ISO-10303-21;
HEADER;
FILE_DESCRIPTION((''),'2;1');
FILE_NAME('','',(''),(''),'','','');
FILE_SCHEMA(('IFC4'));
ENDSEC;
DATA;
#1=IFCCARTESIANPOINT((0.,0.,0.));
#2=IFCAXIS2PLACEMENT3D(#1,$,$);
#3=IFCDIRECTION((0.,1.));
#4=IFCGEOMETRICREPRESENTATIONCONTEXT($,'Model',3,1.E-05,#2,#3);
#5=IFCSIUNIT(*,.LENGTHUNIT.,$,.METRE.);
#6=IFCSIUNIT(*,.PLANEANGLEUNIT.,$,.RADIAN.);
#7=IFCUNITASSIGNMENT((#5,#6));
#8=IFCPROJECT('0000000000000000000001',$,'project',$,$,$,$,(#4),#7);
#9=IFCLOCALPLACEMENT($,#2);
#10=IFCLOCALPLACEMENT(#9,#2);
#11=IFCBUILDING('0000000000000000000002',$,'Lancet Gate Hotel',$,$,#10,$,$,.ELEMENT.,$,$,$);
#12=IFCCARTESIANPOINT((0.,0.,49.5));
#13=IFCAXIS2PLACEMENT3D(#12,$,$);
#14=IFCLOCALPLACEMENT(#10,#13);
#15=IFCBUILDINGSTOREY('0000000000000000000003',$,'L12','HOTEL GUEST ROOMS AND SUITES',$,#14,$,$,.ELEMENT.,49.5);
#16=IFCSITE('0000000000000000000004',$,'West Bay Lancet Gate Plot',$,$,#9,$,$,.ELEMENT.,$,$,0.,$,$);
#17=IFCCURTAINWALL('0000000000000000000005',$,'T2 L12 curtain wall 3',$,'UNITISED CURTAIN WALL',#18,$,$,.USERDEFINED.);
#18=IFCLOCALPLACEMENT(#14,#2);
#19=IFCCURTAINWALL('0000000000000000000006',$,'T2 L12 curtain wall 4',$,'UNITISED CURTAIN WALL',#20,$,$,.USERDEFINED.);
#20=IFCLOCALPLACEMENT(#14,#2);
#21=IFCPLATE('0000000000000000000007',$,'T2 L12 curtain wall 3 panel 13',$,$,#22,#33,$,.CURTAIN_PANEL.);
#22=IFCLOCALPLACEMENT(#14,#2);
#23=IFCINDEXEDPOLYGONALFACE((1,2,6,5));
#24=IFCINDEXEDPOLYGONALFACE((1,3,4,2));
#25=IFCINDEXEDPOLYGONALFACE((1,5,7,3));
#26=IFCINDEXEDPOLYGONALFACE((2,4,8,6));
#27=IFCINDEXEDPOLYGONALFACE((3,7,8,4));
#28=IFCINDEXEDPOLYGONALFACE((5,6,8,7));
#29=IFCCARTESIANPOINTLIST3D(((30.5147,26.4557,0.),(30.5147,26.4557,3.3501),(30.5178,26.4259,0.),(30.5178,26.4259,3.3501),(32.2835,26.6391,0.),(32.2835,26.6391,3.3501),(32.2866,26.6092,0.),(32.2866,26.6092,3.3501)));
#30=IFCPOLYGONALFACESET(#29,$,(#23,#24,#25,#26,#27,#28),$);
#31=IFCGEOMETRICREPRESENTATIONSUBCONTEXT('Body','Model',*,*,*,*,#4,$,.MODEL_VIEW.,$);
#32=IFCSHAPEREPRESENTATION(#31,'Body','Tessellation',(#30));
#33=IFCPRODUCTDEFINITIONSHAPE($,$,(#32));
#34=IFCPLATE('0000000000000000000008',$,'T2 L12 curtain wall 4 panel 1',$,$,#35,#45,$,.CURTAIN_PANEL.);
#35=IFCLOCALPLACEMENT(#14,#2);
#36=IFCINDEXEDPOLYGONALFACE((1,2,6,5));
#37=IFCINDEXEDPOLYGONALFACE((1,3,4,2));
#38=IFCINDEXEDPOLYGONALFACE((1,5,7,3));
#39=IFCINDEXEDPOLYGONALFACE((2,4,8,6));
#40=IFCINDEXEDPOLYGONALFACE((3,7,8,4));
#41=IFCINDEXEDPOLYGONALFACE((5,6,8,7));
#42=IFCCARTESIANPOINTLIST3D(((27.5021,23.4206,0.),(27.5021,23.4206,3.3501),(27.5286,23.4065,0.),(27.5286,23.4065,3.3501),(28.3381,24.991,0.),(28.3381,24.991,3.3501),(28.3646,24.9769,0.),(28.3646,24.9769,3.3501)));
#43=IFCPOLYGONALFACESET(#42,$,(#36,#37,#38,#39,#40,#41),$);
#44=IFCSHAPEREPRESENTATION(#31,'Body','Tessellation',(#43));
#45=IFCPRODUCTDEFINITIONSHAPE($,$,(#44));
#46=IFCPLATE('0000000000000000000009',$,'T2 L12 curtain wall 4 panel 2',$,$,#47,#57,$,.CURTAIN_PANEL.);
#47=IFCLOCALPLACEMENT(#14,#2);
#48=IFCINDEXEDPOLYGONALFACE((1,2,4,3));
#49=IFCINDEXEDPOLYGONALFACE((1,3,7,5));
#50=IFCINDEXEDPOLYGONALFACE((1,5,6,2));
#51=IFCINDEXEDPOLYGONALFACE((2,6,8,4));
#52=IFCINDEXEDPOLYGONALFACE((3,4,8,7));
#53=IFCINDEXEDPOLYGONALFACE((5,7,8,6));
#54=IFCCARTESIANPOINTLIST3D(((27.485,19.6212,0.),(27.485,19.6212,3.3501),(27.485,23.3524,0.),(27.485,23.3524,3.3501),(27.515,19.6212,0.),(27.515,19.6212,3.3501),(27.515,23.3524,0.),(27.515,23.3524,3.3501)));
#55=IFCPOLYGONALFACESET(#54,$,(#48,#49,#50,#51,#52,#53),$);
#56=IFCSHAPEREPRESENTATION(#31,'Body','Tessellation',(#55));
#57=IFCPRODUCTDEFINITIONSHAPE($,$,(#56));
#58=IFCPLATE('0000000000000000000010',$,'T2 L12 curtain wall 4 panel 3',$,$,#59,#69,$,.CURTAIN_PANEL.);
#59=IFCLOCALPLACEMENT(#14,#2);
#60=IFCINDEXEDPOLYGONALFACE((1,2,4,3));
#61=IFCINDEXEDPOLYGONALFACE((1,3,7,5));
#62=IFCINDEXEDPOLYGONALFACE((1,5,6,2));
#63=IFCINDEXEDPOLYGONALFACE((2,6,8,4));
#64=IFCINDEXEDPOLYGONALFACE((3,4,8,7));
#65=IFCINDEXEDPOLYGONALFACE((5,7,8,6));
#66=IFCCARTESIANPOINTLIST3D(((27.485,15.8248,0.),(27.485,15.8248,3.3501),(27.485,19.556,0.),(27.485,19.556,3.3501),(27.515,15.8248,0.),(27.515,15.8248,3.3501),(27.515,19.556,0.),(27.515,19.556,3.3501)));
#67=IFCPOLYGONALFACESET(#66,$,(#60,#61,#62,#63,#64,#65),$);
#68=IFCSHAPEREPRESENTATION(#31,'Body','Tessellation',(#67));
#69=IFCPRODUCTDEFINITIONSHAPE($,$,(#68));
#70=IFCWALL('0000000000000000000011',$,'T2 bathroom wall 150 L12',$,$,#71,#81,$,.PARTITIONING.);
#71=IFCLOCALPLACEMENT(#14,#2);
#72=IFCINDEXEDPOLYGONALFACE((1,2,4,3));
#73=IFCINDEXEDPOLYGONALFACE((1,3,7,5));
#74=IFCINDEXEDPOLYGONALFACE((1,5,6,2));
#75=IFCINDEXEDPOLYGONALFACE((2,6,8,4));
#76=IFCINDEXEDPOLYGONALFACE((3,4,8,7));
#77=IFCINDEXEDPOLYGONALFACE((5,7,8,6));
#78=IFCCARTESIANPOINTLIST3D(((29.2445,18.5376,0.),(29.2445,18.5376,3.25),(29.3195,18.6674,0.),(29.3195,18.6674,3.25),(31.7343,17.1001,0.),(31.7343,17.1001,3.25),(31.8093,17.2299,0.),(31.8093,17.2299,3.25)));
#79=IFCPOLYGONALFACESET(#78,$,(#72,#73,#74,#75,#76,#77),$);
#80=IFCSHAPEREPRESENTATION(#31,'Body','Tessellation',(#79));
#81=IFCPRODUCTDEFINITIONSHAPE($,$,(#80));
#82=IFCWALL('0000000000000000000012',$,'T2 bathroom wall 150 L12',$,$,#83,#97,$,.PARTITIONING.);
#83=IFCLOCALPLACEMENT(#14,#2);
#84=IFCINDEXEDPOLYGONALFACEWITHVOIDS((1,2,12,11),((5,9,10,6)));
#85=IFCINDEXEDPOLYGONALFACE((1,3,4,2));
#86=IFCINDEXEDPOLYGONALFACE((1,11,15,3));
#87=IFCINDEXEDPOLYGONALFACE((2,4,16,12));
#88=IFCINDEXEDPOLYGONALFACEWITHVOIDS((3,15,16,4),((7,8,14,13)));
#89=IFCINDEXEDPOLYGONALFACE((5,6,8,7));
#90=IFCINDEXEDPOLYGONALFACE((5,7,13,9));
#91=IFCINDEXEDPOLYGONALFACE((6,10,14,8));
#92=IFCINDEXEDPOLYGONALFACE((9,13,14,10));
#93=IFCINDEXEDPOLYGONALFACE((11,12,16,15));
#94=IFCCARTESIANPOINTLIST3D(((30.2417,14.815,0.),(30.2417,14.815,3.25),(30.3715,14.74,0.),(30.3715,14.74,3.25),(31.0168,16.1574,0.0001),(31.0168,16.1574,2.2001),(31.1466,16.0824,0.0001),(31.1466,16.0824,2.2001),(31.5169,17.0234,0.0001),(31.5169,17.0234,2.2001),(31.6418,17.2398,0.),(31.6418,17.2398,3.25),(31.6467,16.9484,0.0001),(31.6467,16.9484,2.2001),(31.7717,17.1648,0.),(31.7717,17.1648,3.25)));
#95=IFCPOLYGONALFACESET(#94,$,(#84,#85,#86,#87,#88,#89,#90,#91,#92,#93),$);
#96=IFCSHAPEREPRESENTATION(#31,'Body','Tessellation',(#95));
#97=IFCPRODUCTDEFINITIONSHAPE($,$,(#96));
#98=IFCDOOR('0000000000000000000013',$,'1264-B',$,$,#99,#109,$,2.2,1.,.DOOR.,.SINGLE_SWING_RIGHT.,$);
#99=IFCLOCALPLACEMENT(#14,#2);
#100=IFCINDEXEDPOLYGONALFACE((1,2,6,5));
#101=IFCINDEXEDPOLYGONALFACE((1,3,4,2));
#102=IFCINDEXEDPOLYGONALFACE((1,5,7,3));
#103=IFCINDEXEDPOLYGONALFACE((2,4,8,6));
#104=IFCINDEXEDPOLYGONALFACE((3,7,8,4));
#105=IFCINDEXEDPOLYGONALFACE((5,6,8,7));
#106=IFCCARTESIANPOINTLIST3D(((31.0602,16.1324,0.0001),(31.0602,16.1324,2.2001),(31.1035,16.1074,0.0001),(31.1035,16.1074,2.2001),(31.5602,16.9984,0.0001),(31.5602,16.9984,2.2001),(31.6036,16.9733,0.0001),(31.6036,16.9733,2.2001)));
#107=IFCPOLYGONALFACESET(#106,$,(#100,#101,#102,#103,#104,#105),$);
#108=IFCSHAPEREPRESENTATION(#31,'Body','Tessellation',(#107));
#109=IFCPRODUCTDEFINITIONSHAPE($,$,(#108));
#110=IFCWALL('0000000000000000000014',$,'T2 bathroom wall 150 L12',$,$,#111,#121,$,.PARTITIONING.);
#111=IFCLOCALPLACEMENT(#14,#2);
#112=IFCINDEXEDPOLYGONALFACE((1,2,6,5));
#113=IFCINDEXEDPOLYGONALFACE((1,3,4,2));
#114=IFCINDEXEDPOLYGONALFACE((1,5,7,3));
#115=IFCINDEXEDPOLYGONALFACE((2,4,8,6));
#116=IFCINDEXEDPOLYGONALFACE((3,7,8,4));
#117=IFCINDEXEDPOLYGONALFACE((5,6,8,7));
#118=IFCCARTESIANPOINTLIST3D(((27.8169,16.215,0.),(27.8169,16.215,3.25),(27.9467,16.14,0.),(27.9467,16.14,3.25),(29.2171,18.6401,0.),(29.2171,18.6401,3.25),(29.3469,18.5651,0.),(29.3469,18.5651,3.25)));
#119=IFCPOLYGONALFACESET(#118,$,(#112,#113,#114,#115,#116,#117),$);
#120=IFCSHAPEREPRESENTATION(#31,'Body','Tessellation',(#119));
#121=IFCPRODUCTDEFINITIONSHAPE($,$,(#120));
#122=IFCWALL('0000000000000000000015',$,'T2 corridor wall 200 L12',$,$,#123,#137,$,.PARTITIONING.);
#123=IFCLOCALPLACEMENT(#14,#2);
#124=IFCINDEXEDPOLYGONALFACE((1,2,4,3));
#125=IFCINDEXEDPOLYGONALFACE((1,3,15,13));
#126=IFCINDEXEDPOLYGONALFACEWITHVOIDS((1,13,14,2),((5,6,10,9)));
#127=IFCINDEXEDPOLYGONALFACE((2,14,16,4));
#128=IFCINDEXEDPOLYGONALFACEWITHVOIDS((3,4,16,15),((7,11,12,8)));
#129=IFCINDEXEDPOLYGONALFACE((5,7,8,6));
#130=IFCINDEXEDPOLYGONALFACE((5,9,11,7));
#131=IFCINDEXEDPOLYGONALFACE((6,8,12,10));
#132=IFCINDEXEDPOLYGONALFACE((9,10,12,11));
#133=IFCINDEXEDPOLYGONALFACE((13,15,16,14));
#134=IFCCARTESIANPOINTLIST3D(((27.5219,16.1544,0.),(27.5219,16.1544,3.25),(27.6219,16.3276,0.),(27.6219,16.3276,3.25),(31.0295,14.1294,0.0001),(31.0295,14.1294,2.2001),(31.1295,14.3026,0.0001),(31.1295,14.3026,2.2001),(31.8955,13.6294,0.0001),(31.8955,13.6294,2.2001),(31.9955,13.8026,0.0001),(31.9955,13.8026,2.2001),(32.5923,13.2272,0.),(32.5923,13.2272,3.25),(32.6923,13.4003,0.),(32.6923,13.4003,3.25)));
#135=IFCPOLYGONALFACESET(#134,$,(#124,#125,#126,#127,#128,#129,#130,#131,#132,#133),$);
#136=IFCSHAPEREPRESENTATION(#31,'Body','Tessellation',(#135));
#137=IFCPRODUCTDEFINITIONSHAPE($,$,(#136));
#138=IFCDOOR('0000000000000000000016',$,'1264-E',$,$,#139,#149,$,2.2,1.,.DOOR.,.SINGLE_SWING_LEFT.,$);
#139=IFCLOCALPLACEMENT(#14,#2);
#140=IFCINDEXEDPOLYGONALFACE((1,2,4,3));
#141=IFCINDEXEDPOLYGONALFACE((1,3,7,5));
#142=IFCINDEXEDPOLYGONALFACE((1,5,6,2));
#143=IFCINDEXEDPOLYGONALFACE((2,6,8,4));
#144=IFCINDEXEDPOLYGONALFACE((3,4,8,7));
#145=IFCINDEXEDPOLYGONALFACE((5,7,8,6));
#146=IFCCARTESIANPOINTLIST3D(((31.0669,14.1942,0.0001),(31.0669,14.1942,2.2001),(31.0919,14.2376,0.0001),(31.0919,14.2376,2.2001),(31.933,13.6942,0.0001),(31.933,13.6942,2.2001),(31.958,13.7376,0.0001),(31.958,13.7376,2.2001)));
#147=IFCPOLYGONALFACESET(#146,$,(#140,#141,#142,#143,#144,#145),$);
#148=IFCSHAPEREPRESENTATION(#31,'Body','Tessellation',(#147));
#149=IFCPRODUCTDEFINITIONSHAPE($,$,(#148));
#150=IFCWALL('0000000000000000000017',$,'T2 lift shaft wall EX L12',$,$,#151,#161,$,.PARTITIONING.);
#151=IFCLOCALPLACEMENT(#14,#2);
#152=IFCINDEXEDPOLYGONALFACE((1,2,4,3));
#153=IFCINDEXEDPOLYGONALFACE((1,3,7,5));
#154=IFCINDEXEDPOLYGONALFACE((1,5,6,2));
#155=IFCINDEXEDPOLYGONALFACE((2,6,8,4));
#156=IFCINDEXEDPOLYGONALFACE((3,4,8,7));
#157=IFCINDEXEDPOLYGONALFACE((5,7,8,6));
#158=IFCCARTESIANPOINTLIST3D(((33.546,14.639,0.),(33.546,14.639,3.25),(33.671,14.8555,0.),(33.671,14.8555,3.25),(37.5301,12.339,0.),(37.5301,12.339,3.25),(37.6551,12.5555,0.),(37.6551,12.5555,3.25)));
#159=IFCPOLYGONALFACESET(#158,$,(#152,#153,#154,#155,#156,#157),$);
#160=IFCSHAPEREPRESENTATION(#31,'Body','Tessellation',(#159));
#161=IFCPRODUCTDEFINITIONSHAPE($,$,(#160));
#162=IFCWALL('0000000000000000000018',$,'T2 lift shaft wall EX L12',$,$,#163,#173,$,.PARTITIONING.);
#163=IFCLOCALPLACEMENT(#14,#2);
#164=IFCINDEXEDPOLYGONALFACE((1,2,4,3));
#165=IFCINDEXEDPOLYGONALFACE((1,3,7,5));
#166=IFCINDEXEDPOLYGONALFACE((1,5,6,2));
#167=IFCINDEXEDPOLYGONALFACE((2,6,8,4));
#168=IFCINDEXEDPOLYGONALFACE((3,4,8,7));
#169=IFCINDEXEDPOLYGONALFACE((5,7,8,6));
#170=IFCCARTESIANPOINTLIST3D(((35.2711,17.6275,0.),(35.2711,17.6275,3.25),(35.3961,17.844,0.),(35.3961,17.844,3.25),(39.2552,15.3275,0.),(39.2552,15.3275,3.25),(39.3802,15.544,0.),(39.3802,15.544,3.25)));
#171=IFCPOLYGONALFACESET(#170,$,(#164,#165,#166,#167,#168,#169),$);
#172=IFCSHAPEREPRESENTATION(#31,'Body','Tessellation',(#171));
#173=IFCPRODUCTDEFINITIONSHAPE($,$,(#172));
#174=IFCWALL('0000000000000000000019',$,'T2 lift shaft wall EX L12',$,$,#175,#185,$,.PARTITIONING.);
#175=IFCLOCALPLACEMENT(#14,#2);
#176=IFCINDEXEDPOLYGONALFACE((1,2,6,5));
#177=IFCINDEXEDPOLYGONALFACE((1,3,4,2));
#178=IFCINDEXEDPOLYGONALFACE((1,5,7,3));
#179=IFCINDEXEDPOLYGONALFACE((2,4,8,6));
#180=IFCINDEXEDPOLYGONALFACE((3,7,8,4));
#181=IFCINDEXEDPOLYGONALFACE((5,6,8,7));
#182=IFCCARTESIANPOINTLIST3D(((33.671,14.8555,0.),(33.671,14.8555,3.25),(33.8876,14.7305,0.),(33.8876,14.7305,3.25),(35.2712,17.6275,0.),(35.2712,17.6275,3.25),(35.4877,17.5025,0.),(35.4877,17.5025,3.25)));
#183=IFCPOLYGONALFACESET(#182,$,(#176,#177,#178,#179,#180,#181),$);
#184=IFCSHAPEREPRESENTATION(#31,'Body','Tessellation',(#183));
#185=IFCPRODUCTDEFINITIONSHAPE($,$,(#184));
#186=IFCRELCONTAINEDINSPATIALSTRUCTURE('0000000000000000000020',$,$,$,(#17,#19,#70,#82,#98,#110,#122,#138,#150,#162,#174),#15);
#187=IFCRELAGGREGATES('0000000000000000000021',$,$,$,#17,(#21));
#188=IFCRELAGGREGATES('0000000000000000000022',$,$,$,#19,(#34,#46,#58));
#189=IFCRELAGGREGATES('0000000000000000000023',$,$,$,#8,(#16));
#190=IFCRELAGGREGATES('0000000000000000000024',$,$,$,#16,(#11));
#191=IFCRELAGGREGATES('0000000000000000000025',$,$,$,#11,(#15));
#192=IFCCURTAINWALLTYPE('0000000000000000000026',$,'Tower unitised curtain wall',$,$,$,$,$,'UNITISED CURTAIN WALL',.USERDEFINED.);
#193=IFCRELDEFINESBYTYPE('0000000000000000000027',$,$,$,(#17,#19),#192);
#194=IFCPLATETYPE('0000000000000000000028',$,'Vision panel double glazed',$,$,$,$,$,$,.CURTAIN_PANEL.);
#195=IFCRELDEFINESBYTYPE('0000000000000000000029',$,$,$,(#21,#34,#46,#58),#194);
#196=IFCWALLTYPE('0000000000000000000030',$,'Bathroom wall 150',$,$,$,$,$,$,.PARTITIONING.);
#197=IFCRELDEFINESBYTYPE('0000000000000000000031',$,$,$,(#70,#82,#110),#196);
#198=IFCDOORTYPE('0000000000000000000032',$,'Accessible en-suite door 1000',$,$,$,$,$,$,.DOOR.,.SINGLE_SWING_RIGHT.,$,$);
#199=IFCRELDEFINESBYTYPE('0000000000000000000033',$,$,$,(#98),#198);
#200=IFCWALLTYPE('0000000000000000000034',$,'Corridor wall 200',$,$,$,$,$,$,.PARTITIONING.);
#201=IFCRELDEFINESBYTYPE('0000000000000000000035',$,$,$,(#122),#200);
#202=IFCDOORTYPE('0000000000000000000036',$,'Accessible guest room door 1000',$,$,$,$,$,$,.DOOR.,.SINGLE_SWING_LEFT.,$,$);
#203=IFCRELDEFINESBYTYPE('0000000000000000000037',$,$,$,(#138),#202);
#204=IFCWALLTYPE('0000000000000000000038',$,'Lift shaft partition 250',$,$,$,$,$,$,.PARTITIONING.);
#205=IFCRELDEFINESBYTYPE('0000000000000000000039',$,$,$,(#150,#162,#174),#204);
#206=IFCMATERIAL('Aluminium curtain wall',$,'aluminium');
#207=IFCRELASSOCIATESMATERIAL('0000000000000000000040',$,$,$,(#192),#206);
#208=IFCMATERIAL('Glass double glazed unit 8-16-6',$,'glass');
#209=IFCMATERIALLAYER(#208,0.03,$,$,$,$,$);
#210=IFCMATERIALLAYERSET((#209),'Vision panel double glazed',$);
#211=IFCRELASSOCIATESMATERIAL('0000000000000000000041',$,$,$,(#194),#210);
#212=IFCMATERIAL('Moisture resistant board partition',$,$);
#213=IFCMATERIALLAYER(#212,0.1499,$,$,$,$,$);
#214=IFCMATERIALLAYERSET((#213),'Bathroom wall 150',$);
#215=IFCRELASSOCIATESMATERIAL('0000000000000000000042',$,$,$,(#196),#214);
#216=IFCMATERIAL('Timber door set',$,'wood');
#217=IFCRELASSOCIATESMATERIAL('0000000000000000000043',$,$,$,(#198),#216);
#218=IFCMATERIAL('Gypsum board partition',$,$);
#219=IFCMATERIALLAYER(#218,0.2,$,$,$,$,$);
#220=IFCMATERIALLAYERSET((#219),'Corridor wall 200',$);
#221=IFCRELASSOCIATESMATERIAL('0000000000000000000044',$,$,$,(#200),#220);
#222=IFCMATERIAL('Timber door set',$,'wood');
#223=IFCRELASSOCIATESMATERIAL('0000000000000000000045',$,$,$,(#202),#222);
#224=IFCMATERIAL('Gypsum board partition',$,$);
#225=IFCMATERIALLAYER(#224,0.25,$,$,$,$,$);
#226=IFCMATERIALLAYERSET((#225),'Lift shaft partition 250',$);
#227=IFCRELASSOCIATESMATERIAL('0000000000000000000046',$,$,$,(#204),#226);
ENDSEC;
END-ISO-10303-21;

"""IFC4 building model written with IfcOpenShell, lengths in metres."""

from ifc_helpers import new_model, si_unit, direction, frame, frame_2d, origin, origin_2d, place, context, subcontext, project, spatial, rectangle, extrude, material, layer, layer_set, type_object, element, fill, aggregate, save


model = new_model("IFC4")

# Units and contexts
model_context = context("Model", 3, precision=1e-05, world=origin(), true_north=direction((0.0, 1.0)))
body_context = subcontext(model_context, "Body", "Model", "MODEL_VIEW")
ifc_project = project(units=[si_unit("LENGTHUNIT", "METRE"), si_unit("PLANEANGLEUNIT", "RADIAN")], contexts=[model_context])

# Site, building, storey
site_placement = place(None, origin())
site = spatial("IfcSite", under=ifc_project, at=site_placement, Name="West Bay Lancet Gate Plot", CompositionType="ELEMENT", RefElevation=0.0)
building_placement = place(site_placement, origin())
building = spatial("IfcBuilding", under=site, at=building_placement, Name="Lancet Gate Hotel", CompositionType="ELEMENT")
storey_placement = place(building_placement, frame((0.0, 0.0, 49.5)))
storey = spatial("IfcBuildingStorey", under=building, at=storey_placement, Name="L12", Description="HOTEL GUEST ROOMS AND SUITES", CompositionType="ELEMENT", Elevation=49.5)

# Curtain walls
ifc_material_1 = material(Name="Aluminium curtain wall", Category="aluminium")
curtain_wall_type = type_object("IfcCurtainWallType", Name="Tower unitised curtain wall", ElementType="UNITISED CURTAIN WALL", PredefinedType="USERDEFINED", material=ifc_material_1)
curtain_wall_1_placement = place(storey_placement, origin())
curtain_wall_1 = element("IfcCurtainWall", 1, at=curtain_wall_1_placement, inside=storey, type_object=curtain_wall_type, Name="T2 L12 curtain wall 3", ObjectType="UNITISED CURTAIN WALL", PredefinedType="USERDEFINED")
curtain_wall_2_placement = place(storey_placement, origin())
curtain_wall_2 = element("IfcCurtainWall", 2, at=curtain_wall_2_placement, inside=storey, type_object=curtain_wall_type, Name="T2 L12 curtain wall 4", ObjectType="UNITISED CURTAIN WALL", PredefinedType="USERDEFINED")

# Plates
ifc_material_2 = material(Name="Glass double glazed unit 8-16-6", Category="glass")
ifc_layer_1 = layer(ifc_material_2, 0.03)
ifc_layer_set_1 = layer_set([ifc_layer_1], Name="Vision panel double glazed")
plate_type = type_object("IfcPlateType", Name="Vision panel double glazed", PredefinedType="CURTAIN_PANEL", material=ifc_layer_set_1)
plate_1_placement = place(storey_placement, frame((31.4006, 26.5325, 0.0), z_axis=(0.0, 0.0, 1.0), x_axis=(-0.994672, -0.103088, 0.0)))
plate_1 = element("IfcPlate", 3, at=plate_1_placement, type_object=plate_type, Name="T2 L12 curtain wall 3 panel 13", PredefinedType="CURTAIN_PANEL", context=body_context, shape_type="SweptSolid", body=[
    extrude(rectangle(XDim=1.7783, YDim=0.03, at=origin_2d()), origin(), (0.0, 0.0, 1.0), 3.3501),
])
aggregate(curtain_wall_1, [plate_1])
plate_2_placement = place(storey_placement, frame((27.9333, 24.1987, 0.0), z_axis=(0.0, 0.0, 1.0), x_axis=(-0.469898, -0.882721, 0.0)))
plate_2 = element("IfcPlate", 4, at=plate_2_placement, type_object=plate_type, Name="T2 L12 curtain wall 4 panel 1", PredefinedType="CURTAIN_PANEL", context=body_context, shape_type="SweptSolid", body=[
    extrude(rectangle(XDim=1.7791, YDim=0.03, at=origin_2d()), origin(), (0.0, 0.0, 1.0), 3.3501),
])
plate_3_placement = place(storey_placement, frame((27.5, 21.4868, 0.0), z_axis=(0.0, 0.0, 1.0), x_axis=(0.0, -1.0, 0.0)))
plate_3 = element("IfcPlate", 5, at=plate_3_placement, type_object=plate_type, Name="T2 L12 curtain wall 4 panel 2", PredefinedType="CURTAIN_PANEL", context=body_context, shape_type="SweptSolid", body=[
    extrude(rectangle(XDim=3.7312, YDim=0.03, at=origin_2d()), origin(), (0.0, 0.0, 1.0), 3.3501),
])
plate_4_placement = place(storey_placement, frame((27.5, 17.6904, 0.0), z_axis=(0.0, 0.0, 1.0), x_axis=(0.0, -1.0, 0.0)))
plate_4 = element("IfcPlate", 6, at=plate_4_placement, type_object=plate_type, Name="T2 L12 curtain wall 4 panel 3", PredefinedType="CURTAIN_PANEL", context=body_context, shape_type="SweptSolid", body=[
    extrude(rectangle(XDim=3.7312, YDim=0.03, at=origin_2d()), origin(), (0.0, 0.0, 1.0), 3.3501),
])
aggregate(curtain_wall_2, [plate_2, plate_3, plate_4])

# Wall
ifc_material_3 = material(Name="Moisture resistant board partition")
ifc_layer_2 = layer(ifc_material_3, 0.1499)
ifc_layer_set_2 = layer_set([ifc_layer_2], Name="Bathroom wall 150")
wall_type_1 = type_object("IfcWallType", Name="Bathroom wall 150", PredefinedType="PARTITIONING", material=ifc_layer_set_2)
wall_1_placement = place(storey_placement, frame((29.282, 18.6025, 0.0), z_axis=(0.0, 0.0, 1.0), x_axis=(0.866019, -0.500012, 0.0)))
element("IfcWall", 7, at=wall_1_placement, inside=storey, type_object=wall_type_1, Name="T2 bathroom wall 150 L12", PredefinedType="PARTITIONING", context=body_context, shape_type="SweptSolid", body=[
    extrude(rectangle(XDim=2.875, YDim=0.1499, at=frame_2d((1.4375, 0.0))), origin(), (0.0, 0.0, 1.0), 3.25),
])

# Wall, opening, door
wall_2_placement = place(storey_placement, frame((30.3066, 14.7776, 0.0), z_axis=(0.0, 0.0, 1.0), x_axis=(0.50005, 0.865997, 0.0)))
wall_2 = element("IfcWall", 8, at=wall_2_placement, inside=storey, type_object=wall_type_1, Name="T2 bathroom wall 150 L12", PredefinedType="PARTITIONING", context=body_context, shape_type="SweptSolid", body=[
    extrude(rectangle(XDim=2.8, YDim=0.1499, at=frame_2d((1.3999, 0.0))), origin(), (0.0, 0.0, 1.0), 3.25),
])
opening_1_placement = place(wall_2_placement, frame((1.55, 0.0, 0.0)))
opening_1 = element("IfcOpeningElement", 9, at=opening_1_placement, cuts=wall_2, PredefinedType="OPENING", context=body_context, shape_type="SweptSolid", body=[
    extrude(rectangle(XDim=1.0, YDim=2.2, at=frame_2d((0.5, 1.1001))), frame((0.0, 0.085, 0.0), z_axis=(0.0, -1.0, 0.0), x_axis=(1.0, 0.0, 0.0)), (0.0, 0.0, 1.0), 0.1699),
])
ifc_material_4 = material(Name="Timber door set", Category="wood")
door_type_1 = type_object("IfcDoorType", Name="Accessible en-suite door 1000", OperationType="SINGLE_SWING_RIGHT", PredefinedType="DOOR", material=ifc_material_4)
door_1_placement = place(opening_1_placement, origin())
door_1 = element("IfcDoor", 10, at=door_1_placement, inside=storey, type_object=door_type_1, Name="1264-B", OperationType="SINGLE_SWING_RIGHT", OverallHeight=2.2, OverallWidth=1.0, PredefinedType="DOOR", context=body_context, shape_type="SweptSolid", body=[
    extrude(rectangle(XDim=1.0, YDim=2.2, at=frame_2d((0.5, 1.1001))), frame((0.0, 0.0249, 0.0), z_axis=(0.0, -1.0, 0.0), x_axis=(1.0, 0.0, 0.0)), (0.0, 0.0, 1.0), 0.05),
])
fill(opening_1, door_1)

# Wall
wall_3_placement = place(storey_placement, frame((27.8818, 16.1775, 0.0), z_axis=(0.0, 0.0, 1.0), x_axis=(0.500012, 0.866019, 0.0)))
element("IfcWall", 11, at=wall_3_placement, inside=storey, type_object=wall_type_1, Name="T2 bathroom wall 150 L12", PredefinedType="PARTITIONING", context=body_context, shape_type="SweptSolid", body=[
    extrude(rectangle(XDim=2.8003, YDim=0.1499, at=frame_2d((1.4001, 0.0))), origin(), (0.0, 0.0, 1.0), 3.25),
])

# Wall, opening, door
ifc_material_5 = material(Name="Gypsum board partition")
ifc_layer_3 = layer(ifc_material_5, 0.2)
ifc_layer_set_3 = layer_set([ifc_layer_3], Name="Corridor wall 200")
wall_type_2 = type_object("IfcWallType", Name="Corridor wall 200", PredefinedType="PARTITIONING", material=ifc_layer_set_3)
wall_4_placement = place(storey_placement, frame((27.572, 16.241, 0.0), z_axis=(0.0, 0.0, 1.0), x_axis=(0.866033, -0.499987, 0.0)))
wall_4 = element("IfcWall", 12, at=wall_4_placement, inside=storey, type_object=wall_type_2, Name="T2 corridor wall 200 L12", PredefinedType="PARTITIONING", context=body_context, shape_type="SweptSolid", body=[
    extrude(rectangle(XDim=5.8547, YDim=0.2, at=frame_2d((2.9272, 0.0))), origin(), (0.0, 0.0, 1.0), 3.25),
])
opening_2_placement = place(wall_4_placement, frame((4.05, 0.0, 0.0)))
opening_2 = element("IfcOpeningElement", 13, at=opening_2_placement, cuts=wall_4, PredefinedType="OPENING", context=body_context, shape_type="SweptSolid", body=[
    extrude(rectangle(XDim=1.0, YDim=2.2, at=frame_2d((0.5, 1.1001))), frame((0.0, 0.1099, 0.0), z_axis=(0.0, -1.0, 0.0), x_axis=(1.0, 0.0, 0.0)), (0.0, 0.0, 1.0), 0.22),
])
ifc_material_6 = material(Name="Timber door set", Category="wood")
door_type_2 = type_object("IfcDoorType", Name="Accessible guest room door 1000", OperationType="SINGLE_SWING_LEFT", PredefinedType="DOOR", material=ifc_material_6)
door_2_placement = place(opening_2_placement, origin())
door_2 = element("IfcDoor", 14, at=door_2_placement, inside=storey, type_object=door_type_2, Name="1264-E", OperationType="SINGLE_SWING_LEFT", OverallHeight=2.2, OverallWidth=1.0, PredefinedType="DOOR", context=body_context, shape_type="SweptSolid", body=[
    extrude(rectangle(XDim=1.0, YDim=2.2, at=frame_2d((0.5, 1.1001))), frame((0.0, 0.0249, 0.0), z_axis=(0.0, -1.0, 0.0), x_axis=(1.0, 0.0, 0.0)), (0.0, 0.0, 1.0), 0.05),
])
fill(opening_2, door_2)

# Walls
ifc_material_7 = material(Name="Gypsum board partition")
ifc_layer_4 = layer(ifc_material_7, 0.25)
ifc_layer_set_4 = layer_set([ifc_layer_4], Name="Lift shaft partition 250")
wall_type_3 = type_object("IfcWallType", Name="Lift shaft partition 250", PredefinedType="PARTITIONING", material=ifc_layer_set_4)
for number, where, z_axis, x_axis, name in (
    (15, (33.6084, 14.7473, 0.0), (0.0, 0.0, 1.0), (0.866043, -0.499969, 0.0), "T2 lift shaft wall EX L12"),
    (16, (35.3335, 17.7358, 0.0), (0.0, 0.0, 1.0), (0.866043, -0.499969, 0.0), "T2 lift shaft wall EX L12"),
):
    element("IfcWall", number, at=place(storey_placement, frame(where, z_axis=z_axis, x_axis=x_axis)), inside=storey, type_object=wall_type_3, Name=name, PredefinedType="PARTITIONING", context=body_context, shape_type="SweptSolid", body=[
        extrude(rectangle(XDim=4.6003, YDim=0.25, at=frame_2d((2.3003, 0.0))), origin(), (0.0, 0.0, 1.0), 3.25),
    ])
wall_5_placement = place(storey_placement, frame((33.7793, 14.793, 0.0), z_axis=(0.0, 0.0, 1.0), x_axis=(0.499929, 0.866066, 0.0)))
element("IfcWall", 17, at=wall_5_placement, inside=storey, type_object=wall_type_3, Name="T2 lift shaft wall EX L12", PredefinedType="PARTITIONING", context=body_context, shape_type="SweptSolid", body=[
    extrude(rectangle(XDim=3.2007, YDim=0.25, at=frame_2d((1.6003, 0.0))), origin(), (0.0, 0.0, 1.0), 3.25),
])

save(model, "model.ifc")
